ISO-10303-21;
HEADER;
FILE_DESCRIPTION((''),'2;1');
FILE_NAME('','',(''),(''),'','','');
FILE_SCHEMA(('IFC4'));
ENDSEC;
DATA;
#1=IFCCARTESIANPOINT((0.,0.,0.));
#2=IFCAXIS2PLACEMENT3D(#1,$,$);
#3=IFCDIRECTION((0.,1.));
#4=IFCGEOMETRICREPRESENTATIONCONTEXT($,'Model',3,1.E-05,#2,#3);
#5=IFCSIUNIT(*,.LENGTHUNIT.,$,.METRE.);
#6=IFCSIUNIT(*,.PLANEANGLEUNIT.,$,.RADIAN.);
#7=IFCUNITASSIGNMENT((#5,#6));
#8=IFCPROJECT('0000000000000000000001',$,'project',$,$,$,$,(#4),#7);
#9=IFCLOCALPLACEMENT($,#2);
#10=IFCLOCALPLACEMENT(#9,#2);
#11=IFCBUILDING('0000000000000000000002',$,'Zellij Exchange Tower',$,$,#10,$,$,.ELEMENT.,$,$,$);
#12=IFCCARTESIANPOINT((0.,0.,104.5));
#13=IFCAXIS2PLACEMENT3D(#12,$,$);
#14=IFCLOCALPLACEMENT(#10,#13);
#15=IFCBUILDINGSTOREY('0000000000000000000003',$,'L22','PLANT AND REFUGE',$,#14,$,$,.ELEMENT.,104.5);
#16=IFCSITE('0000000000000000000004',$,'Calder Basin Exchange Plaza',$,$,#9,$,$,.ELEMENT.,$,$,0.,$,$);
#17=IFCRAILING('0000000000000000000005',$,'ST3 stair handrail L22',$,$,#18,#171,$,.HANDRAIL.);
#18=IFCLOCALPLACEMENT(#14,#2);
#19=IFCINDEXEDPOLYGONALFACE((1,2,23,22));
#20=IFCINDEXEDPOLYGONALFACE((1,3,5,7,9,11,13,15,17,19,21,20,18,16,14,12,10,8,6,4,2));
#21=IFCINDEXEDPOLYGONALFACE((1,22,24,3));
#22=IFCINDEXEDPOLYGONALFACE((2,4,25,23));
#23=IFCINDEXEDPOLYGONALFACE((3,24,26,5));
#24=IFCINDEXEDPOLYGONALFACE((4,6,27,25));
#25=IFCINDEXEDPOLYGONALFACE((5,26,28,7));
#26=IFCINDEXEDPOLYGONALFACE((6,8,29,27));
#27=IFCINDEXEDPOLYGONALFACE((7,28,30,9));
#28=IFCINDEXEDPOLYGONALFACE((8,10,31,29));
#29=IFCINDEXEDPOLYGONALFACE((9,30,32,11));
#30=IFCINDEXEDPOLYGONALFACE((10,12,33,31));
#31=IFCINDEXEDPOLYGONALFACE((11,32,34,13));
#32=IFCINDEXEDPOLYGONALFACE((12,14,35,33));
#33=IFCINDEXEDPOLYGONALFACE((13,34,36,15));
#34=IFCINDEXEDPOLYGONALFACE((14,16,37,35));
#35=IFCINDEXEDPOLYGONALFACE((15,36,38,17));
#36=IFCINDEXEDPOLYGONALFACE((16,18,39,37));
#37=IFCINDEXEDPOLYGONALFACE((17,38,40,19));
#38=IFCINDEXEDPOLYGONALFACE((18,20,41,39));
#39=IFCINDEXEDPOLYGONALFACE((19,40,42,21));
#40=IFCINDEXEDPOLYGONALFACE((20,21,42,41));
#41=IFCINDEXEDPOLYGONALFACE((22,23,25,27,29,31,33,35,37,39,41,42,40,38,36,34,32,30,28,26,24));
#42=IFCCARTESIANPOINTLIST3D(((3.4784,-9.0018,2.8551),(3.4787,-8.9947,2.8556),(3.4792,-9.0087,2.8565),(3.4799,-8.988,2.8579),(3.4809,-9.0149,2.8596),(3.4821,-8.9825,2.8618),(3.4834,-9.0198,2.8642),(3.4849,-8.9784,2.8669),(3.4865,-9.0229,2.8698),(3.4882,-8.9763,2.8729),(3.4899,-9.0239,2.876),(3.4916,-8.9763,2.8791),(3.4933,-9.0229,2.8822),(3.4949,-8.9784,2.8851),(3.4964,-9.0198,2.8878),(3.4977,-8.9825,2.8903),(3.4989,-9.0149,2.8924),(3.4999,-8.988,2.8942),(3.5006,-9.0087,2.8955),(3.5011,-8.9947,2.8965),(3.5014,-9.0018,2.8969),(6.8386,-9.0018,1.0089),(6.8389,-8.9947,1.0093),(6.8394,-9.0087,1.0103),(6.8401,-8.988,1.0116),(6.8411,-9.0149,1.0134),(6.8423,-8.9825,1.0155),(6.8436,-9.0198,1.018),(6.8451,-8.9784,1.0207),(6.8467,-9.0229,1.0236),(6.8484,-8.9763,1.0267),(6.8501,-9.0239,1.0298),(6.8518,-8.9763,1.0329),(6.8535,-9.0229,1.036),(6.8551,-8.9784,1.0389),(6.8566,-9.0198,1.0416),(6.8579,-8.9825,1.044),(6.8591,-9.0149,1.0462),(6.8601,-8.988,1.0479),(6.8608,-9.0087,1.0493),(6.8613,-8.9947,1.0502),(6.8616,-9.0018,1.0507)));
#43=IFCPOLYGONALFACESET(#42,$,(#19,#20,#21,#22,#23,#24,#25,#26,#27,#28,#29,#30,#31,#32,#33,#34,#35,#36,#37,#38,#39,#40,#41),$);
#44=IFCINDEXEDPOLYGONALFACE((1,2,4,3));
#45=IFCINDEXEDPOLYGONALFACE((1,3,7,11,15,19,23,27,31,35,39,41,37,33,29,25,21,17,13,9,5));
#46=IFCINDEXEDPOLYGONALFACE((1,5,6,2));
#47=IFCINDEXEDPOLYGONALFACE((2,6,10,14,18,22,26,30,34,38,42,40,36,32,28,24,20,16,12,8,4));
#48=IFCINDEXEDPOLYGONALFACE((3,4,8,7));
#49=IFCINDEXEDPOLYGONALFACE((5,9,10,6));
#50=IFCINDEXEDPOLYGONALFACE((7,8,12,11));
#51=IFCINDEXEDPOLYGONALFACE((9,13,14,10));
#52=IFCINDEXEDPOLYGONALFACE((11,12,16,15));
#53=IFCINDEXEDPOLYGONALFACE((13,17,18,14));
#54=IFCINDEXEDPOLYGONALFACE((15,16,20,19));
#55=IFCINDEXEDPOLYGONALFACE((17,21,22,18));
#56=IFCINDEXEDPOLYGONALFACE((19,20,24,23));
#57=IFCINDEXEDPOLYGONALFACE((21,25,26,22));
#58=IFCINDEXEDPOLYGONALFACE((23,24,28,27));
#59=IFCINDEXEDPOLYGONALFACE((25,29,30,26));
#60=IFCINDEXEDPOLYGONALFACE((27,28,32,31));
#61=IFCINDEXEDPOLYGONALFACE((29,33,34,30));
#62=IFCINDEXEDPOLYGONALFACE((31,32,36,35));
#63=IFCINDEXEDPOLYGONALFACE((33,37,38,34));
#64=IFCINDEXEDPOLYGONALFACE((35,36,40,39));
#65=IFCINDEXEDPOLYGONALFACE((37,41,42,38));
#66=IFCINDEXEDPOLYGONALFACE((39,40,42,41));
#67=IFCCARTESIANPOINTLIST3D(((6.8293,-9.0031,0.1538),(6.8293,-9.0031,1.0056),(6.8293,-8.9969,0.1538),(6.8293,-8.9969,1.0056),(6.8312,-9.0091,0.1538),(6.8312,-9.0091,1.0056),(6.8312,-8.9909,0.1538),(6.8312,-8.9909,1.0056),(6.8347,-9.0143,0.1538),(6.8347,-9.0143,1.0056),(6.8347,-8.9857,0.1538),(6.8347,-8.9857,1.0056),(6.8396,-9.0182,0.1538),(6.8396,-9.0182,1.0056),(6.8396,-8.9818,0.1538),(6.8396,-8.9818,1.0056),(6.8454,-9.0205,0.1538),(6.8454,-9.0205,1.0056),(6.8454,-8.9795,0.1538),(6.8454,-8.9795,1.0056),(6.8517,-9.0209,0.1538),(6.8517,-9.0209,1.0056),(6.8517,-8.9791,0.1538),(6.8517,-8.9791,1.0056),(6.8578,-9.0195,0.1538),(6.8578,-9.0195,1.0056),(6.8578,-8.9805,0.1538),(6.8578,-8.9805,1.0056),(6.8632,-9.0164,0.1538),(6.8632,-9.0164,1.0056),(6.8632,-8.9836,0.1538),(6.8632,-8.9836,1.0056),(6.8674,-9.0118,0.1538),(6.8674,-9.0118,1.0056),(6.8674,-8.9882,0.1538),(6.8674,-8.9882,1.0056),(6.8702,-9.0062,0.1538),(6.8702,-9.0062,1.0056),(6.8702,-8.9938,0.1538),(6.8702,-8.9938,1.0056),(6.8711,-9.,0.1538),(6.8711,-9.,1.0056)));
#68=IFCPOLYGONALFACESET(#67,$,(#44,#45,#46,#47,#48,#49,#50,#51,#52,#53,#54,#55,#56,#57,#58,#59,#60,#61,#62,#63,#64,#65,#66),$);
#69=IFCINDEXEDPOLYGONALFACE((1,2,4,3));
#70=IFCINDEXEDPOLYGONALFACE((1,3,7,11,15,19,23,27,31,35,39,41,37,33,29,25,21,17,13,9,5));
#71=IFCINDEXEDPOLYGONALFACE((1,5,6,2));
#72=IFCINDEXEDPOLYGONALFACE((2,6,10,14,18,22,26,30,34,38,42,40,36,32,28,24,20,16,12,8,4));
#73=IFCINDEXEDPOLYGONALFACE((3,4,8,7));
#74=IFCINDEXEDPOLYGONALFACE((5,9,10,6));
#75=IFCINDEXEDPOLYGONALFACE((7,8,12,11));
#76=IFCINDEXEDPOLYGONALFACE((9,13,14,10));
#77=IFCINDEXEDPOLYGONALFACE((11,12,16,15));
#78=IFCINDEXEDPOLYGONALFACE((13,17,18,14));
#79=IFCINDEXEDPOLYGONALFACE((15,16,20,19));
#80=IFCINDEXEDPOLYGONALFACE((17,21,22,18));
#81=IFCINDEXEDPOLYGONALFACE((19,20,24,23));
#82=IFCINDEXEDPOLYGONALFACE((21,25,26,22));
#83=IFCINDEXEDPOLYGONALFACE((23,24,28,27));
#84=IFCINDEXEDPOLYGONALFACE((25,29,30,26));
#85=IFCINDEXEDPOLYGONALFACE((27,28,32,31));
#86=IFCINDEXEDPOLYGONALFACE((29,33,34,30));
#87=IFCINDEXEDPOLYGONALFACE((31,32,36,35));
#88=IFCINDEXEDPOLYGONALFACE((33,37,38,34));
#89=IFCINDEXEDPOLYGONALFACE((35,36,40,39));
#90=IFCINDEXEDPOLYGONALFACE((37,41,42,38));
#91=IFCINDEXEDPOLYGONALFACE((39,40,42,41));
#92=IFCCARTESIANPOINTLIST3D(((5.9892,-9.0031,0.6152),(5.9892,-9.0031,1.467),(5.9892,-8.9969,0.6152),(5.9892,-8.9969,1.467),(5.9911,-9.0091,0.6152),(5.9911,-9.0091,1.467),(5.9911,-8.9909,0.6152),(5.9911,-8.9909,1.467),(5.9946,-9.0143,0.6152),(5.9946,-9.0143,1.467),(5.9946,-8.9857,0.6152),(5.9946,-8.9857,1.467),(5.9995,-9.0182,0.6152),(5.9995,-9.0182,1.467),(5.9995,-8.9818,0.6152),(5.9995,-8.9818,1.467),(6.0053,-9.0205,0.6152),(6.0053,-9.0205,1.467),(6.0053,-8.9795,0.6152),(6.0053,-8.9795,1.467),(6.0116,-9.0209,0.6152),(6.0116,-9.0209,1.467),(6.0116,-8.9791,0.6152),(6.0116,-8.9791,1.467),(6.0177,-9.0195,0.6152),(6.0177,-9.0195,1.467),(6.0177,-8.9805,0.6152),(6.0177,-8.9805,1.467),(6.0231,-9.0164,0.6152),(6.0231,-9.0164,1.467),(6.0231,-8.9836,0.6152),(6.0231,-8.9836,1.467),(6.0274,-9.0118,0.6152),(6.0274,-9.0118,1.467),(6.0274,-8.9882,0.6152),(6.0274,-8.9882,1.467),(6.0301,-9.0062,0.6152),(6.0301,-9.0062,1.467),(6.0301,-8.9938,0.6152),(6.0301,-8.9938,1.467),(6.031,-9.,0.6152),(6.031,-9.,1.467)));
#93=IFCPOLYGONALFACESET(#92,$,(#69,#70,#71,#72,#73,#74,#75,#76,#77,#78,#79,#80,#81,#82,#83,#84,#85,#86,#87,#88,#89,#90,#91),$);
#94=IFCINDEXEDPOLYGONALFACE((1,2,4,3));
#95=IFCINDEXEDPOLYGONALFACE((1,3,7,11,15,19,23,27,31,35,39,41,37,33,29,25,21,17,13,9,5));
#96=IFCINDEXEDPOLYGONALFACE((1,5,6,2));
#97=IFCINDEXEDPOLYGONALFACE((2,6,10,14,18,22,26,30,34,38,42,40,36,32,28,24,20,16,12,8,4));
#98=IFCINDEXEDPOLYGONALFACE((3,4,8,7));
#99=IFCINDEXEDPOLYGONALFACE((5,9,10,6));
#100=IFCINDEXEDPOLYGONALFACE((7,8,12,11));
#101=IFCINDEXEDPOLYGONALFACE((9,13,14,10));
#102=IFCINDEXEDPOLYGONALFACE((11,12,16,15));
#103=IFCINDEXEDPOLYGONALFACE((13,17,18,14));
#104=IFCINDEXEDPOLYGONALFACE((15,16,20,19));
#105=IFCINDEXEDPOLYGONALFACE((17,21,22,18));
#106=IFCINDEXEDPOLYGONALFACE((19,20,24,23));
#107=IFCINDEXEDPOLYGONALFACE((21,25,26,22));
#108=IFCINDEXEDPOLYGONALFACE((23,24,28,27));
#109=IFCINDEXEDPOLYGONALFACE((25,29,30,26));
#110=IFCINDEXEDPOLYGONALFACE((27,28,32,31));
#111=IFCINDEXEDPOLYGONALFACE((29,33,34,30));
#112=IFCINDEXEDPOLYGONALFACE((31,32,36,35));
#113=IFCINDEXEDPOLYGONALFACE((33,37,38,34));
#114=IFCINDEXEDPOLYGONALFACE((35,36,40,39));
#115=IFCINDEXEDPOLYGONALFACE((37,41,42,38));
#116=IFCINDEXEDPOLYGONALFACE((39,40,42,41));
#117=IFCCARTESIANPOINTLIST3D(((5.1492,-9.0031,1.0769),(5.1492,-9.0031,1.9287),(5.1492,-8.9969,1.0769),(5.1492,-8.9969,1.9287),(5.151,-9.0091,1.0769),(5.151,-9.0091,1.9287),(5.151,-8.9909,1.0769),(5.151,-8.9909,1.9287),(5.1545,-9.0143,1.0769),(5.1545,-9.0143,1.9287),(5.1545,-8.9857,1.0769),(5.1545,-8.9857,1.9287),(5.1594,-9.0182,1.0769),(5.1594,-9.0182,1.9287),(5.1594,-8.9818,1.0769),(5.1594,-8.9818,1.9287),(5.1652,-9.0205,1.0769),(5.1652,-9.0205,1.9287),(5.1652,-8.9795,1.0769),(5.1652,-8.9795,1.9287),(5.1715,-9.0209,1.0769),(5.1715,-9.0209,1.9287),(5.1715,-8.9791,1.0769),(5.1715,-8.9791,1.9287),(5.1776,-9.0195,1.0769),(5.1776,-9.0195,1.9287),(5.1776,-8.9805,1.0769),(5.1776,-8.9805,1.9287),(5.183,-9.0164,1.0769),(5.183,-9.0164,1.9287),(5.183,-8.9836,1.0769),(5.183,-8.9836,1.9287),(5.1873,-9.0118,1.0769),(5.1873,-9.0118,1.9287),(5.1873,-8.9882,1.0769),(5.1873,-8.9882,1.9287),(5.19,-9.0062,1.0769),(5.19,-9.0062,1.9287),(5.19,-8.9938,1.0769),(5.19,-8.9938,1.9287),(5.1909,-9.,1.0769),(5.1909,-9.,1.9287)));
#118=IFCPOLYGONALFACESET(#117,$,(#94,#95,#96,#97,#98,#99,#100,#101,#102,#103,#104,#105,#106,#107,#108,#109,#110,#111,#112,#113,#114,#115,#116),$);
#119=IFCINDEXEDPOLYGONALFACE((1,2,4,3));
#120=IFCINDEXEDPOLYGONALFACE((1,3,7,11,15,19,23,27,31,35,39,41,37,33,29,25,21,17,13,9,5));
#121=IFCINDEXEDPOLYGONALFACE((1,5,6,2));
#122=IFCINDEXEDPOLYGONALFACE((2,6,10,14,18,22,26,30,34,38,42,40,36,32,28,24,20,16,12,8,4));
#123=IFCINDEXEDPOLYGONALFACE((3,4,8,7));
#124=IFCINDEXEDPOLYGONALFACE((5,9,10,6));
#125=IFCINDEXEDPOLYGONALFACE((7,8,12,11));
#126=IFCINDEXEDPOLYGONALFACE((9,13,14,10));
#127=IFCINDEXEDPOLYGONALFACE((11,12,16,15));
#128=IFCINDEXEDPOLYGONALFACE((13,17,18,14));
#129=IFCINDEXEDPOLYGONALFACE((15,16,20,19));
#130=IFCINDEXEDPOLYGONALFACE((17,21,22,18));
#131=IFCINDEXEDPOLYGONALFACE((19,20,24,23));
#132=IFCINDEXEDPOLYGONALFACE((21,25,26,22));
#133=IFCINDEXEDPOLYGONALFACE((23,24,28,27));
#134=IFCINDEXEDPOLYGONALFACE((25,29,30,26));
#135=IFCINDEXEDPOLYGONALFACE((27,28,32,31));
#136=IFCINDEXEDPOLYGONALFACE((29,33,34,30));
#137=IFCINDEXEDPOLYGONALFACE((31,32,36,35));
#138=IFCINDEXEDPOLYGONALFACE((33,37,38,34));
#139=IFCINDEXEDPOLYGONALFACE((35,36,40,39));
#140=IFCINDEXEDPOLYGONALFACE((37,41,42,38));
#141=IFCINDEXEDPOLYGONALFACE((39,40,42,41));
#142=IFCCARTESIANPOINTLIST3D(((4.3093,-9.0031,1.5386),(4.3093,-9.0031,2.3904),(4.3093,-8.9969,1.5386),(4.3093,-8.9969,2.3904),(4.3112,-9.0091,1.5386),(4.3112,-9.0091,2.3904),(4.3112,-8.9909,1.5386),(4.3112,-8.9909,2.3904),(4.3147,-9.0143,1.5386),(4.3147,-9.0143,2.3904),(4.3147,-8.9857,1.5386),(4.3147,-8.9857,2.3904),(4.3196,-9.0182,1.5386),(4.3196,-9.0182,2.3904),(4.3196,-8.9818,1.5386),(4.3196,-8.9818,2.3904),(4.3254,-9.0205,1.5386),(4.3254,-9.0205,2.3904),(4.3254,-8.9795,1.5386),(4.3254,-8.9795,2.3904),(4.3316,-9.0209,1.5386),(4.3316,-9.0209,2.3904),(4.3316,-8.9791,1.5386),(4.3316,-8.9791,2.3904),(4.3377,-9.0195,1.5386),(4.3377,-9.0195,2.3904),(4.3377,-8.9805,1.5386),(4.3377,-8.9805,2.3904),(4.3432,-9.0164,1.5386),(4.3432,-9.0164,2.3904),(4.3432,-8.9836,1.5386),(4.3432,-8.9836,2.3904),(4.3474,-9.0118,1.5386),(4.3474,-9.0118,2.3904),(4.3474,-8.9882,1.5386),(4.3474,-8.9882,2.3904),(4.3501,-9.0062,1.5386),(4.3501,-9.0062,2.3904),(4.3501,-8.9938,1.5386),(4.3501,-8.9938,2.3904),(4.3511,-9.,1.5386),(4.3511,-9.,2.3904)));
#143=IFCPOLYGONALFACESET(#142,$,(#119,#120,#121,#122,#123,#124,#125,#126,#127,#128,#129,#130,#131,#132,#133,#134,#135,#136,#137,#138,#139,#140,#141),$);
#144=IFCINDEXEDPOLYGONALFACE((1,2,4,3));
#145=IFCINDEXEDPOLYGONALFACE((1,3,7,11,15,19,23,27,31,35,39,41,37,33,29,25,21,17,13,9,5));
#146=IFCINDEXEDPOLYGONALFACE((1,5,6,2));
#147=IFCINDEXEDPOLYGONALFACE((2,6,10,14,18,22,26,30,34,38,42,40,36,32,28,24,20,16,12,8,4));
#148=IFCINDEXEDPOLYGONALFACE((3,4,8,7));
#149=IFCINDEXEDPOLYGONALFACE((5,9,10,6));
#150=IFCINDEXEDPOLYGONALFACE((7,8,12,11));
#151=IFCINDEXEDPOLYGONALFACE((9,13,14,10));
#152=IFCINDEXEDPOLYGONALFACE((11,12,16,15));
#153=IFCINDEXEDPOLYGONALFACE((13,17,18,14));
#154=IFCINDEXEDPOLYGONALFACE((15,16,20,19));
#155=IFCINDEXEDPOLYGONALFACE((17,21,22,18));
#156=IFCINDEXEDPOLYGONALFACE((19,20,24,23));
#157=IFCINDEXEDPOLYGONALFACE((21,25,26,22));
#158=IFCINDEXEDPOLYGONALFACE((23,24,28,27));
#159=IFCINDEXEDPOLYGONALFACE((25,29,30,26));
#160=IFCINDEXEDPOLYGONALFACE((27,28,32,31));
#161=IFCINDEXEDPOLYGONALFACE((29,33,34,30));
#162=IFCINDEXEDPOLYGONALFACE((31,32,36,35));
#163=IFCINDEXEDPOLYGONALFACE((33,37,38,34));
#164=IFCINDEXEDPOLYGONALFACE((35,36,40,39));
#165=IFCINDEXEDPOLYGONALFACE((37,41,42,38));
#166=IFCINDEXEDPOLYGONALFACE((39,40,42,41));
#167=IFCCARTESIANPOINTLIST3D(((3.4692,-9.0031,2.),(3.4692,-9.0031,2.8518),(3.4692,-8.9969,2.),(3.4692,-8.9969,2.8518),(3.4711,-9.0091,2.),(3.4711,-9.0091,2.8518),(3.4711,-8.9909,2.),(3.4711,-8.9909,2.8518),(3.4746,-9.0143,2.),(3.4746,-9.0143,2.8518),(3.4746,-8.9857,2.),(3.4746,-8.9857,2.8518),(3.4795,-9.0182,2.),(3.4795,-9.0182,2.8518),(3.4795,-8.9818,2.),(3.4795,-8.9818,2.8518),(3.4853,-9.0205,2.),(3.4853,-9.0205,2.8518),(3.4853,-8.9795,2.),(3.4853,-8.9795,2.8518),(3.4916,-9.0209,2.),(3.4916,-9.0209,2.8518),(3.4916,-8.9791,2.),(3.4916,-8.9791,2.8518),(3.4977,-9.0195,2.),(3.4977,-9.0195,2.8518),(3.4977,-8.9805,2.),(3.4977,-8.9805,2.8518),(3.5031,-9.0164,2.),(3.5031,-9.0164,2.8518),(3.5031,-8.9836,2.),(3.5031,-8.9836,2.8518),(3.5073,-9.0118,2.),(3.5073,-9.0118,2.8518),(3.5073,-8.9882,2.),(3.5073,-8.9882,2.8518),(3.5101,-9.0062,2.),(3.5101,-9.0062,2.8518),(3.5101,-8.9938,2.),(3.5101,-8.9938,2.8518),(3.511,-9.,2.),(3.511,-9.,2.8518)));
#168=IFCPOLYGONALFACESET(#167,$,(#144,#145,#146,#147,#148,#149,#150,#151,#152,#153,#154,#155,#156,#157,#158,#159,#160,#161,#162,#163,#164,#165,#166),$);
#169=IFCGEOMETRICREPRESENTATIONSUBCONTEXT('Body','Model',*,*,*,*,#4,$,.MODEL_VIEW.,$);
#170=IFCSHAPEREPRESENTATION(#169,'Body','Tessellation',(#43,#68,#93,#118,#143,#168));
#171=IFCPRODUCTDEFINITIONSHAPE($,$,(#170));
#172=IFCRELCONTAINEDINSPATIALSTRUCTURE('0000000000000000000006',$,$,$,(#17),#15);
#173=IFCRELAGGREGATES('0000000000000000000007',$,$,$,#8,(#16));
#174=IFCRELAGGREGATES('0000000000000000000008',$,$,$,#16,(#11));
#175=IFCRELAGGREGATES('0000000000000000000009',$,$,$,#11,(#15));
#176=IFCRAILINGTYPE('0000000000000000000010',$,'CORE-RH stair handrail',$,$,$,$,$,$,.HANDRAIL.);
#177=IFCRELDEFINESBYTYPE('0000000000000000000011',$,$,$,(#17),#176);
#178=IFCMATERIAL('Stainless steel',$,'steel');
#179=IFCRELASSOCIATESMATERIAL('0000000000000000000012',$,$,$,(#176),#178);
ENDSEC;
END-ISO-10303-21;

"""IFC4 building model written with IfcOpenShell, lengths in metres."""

from ifc_helpers import new_model, si_unit, direction, frame, origin, origin_2d, place, context, subcontext, project, spatial, circle, extrude, material, type_object, element, save


model = new_model("IFC4")

# Units and contexts
model_context = context("Model", 3, precision=1e-05, world=origin(), true_north=direction((0.0, 1.0)))
body_context = subcontext(model_context, "Body", "Model", "MODEL_VIEW")
ifc_project = project(units=[si_unit("LENGTHUNIT", "METRE"), si_unit("PLANEANGLEUNIT", "RADIAN")], contexts=[model_context])

# Site, building, storey
site_placement = place(None, origin())
site = spatial("IfcSite", under=ifc_project, at=site_placement, Name="Calder Basin Exchange Plaza", CompositionType="ELEMENT", RefElevation=0.0)
building_placement = place(site_placement, origin())
building = spatial("IfcBuilding", under=site, at=building_placement, Name="Zellij Exchange Tower", CompositionType="ELEMENT")
storey_placement = place(building_placement, frame((0.0, 0.0, 104.5)))
storey = spatial("IfcBuildingStorey", under=building, at=storey_placement, Name="L22", Description="PLANT AND REFUGE", CompositionType="ELEMENT", Elevation=104.5)

# Railing
ifc_material_1 = material(Name="Stainless steel", Category="steel")
railing_type_1 = type_object("IfcRailingType", Name="CORE-RH stair handrail", PredefinedType="HANDRAIL", material=ifc_material_1)
railing_1_placement = place(storey_placement, frame((6.8501, -9.0, 0.1538)))
element("IfcRailing", 1, at=railing_1_placement, inside=storey, type_object=railing_type_1, Name="ST3 stair handrail L22", PredefinedType="HANDRAIL", context=body_context, shape_type="SweptSolid", body=[
    extrude(circle(Radius=0.0239, at=origin_2d()), frame((0.0, 0.0, 0.876), z_axis=(-0.876422, 0.0, 0.481545), x_axis=(0.0, -1.0, 0.0)), (0.0, 0.0, 1.0), 3.834),
    extrude(circle(Radius=0.021, at=origin_2d()), origin(), (0.0, 0.0, 1.0), 0.8518),
    extrude(circle(Radius=0.021, at=origin_2d()), frame((-0.8401, 0.0, 0.4614)), (0.0, 0.0, 1.0), 0.8518),
    extrude(circle(Radius=0.021, at=origin_2d()), frame((-1.6802, 0.0, 0.9231)), (0.0, 0.0, 1.0), 0.8518),
    extrude(circle(Radius=0.021, at=origin_2d()), frame((-2.52, 0.0, 1.3848)), (0.0, 0.0, 1.0), 0.8518),
    extrude(circle(Radius=0.021, at=origin_2d()), frame((-3.3601, 0.0, 1.8462)), (0.0, 0.0, 1.0), 0.8518),
])

save(model, "model.ifc")
